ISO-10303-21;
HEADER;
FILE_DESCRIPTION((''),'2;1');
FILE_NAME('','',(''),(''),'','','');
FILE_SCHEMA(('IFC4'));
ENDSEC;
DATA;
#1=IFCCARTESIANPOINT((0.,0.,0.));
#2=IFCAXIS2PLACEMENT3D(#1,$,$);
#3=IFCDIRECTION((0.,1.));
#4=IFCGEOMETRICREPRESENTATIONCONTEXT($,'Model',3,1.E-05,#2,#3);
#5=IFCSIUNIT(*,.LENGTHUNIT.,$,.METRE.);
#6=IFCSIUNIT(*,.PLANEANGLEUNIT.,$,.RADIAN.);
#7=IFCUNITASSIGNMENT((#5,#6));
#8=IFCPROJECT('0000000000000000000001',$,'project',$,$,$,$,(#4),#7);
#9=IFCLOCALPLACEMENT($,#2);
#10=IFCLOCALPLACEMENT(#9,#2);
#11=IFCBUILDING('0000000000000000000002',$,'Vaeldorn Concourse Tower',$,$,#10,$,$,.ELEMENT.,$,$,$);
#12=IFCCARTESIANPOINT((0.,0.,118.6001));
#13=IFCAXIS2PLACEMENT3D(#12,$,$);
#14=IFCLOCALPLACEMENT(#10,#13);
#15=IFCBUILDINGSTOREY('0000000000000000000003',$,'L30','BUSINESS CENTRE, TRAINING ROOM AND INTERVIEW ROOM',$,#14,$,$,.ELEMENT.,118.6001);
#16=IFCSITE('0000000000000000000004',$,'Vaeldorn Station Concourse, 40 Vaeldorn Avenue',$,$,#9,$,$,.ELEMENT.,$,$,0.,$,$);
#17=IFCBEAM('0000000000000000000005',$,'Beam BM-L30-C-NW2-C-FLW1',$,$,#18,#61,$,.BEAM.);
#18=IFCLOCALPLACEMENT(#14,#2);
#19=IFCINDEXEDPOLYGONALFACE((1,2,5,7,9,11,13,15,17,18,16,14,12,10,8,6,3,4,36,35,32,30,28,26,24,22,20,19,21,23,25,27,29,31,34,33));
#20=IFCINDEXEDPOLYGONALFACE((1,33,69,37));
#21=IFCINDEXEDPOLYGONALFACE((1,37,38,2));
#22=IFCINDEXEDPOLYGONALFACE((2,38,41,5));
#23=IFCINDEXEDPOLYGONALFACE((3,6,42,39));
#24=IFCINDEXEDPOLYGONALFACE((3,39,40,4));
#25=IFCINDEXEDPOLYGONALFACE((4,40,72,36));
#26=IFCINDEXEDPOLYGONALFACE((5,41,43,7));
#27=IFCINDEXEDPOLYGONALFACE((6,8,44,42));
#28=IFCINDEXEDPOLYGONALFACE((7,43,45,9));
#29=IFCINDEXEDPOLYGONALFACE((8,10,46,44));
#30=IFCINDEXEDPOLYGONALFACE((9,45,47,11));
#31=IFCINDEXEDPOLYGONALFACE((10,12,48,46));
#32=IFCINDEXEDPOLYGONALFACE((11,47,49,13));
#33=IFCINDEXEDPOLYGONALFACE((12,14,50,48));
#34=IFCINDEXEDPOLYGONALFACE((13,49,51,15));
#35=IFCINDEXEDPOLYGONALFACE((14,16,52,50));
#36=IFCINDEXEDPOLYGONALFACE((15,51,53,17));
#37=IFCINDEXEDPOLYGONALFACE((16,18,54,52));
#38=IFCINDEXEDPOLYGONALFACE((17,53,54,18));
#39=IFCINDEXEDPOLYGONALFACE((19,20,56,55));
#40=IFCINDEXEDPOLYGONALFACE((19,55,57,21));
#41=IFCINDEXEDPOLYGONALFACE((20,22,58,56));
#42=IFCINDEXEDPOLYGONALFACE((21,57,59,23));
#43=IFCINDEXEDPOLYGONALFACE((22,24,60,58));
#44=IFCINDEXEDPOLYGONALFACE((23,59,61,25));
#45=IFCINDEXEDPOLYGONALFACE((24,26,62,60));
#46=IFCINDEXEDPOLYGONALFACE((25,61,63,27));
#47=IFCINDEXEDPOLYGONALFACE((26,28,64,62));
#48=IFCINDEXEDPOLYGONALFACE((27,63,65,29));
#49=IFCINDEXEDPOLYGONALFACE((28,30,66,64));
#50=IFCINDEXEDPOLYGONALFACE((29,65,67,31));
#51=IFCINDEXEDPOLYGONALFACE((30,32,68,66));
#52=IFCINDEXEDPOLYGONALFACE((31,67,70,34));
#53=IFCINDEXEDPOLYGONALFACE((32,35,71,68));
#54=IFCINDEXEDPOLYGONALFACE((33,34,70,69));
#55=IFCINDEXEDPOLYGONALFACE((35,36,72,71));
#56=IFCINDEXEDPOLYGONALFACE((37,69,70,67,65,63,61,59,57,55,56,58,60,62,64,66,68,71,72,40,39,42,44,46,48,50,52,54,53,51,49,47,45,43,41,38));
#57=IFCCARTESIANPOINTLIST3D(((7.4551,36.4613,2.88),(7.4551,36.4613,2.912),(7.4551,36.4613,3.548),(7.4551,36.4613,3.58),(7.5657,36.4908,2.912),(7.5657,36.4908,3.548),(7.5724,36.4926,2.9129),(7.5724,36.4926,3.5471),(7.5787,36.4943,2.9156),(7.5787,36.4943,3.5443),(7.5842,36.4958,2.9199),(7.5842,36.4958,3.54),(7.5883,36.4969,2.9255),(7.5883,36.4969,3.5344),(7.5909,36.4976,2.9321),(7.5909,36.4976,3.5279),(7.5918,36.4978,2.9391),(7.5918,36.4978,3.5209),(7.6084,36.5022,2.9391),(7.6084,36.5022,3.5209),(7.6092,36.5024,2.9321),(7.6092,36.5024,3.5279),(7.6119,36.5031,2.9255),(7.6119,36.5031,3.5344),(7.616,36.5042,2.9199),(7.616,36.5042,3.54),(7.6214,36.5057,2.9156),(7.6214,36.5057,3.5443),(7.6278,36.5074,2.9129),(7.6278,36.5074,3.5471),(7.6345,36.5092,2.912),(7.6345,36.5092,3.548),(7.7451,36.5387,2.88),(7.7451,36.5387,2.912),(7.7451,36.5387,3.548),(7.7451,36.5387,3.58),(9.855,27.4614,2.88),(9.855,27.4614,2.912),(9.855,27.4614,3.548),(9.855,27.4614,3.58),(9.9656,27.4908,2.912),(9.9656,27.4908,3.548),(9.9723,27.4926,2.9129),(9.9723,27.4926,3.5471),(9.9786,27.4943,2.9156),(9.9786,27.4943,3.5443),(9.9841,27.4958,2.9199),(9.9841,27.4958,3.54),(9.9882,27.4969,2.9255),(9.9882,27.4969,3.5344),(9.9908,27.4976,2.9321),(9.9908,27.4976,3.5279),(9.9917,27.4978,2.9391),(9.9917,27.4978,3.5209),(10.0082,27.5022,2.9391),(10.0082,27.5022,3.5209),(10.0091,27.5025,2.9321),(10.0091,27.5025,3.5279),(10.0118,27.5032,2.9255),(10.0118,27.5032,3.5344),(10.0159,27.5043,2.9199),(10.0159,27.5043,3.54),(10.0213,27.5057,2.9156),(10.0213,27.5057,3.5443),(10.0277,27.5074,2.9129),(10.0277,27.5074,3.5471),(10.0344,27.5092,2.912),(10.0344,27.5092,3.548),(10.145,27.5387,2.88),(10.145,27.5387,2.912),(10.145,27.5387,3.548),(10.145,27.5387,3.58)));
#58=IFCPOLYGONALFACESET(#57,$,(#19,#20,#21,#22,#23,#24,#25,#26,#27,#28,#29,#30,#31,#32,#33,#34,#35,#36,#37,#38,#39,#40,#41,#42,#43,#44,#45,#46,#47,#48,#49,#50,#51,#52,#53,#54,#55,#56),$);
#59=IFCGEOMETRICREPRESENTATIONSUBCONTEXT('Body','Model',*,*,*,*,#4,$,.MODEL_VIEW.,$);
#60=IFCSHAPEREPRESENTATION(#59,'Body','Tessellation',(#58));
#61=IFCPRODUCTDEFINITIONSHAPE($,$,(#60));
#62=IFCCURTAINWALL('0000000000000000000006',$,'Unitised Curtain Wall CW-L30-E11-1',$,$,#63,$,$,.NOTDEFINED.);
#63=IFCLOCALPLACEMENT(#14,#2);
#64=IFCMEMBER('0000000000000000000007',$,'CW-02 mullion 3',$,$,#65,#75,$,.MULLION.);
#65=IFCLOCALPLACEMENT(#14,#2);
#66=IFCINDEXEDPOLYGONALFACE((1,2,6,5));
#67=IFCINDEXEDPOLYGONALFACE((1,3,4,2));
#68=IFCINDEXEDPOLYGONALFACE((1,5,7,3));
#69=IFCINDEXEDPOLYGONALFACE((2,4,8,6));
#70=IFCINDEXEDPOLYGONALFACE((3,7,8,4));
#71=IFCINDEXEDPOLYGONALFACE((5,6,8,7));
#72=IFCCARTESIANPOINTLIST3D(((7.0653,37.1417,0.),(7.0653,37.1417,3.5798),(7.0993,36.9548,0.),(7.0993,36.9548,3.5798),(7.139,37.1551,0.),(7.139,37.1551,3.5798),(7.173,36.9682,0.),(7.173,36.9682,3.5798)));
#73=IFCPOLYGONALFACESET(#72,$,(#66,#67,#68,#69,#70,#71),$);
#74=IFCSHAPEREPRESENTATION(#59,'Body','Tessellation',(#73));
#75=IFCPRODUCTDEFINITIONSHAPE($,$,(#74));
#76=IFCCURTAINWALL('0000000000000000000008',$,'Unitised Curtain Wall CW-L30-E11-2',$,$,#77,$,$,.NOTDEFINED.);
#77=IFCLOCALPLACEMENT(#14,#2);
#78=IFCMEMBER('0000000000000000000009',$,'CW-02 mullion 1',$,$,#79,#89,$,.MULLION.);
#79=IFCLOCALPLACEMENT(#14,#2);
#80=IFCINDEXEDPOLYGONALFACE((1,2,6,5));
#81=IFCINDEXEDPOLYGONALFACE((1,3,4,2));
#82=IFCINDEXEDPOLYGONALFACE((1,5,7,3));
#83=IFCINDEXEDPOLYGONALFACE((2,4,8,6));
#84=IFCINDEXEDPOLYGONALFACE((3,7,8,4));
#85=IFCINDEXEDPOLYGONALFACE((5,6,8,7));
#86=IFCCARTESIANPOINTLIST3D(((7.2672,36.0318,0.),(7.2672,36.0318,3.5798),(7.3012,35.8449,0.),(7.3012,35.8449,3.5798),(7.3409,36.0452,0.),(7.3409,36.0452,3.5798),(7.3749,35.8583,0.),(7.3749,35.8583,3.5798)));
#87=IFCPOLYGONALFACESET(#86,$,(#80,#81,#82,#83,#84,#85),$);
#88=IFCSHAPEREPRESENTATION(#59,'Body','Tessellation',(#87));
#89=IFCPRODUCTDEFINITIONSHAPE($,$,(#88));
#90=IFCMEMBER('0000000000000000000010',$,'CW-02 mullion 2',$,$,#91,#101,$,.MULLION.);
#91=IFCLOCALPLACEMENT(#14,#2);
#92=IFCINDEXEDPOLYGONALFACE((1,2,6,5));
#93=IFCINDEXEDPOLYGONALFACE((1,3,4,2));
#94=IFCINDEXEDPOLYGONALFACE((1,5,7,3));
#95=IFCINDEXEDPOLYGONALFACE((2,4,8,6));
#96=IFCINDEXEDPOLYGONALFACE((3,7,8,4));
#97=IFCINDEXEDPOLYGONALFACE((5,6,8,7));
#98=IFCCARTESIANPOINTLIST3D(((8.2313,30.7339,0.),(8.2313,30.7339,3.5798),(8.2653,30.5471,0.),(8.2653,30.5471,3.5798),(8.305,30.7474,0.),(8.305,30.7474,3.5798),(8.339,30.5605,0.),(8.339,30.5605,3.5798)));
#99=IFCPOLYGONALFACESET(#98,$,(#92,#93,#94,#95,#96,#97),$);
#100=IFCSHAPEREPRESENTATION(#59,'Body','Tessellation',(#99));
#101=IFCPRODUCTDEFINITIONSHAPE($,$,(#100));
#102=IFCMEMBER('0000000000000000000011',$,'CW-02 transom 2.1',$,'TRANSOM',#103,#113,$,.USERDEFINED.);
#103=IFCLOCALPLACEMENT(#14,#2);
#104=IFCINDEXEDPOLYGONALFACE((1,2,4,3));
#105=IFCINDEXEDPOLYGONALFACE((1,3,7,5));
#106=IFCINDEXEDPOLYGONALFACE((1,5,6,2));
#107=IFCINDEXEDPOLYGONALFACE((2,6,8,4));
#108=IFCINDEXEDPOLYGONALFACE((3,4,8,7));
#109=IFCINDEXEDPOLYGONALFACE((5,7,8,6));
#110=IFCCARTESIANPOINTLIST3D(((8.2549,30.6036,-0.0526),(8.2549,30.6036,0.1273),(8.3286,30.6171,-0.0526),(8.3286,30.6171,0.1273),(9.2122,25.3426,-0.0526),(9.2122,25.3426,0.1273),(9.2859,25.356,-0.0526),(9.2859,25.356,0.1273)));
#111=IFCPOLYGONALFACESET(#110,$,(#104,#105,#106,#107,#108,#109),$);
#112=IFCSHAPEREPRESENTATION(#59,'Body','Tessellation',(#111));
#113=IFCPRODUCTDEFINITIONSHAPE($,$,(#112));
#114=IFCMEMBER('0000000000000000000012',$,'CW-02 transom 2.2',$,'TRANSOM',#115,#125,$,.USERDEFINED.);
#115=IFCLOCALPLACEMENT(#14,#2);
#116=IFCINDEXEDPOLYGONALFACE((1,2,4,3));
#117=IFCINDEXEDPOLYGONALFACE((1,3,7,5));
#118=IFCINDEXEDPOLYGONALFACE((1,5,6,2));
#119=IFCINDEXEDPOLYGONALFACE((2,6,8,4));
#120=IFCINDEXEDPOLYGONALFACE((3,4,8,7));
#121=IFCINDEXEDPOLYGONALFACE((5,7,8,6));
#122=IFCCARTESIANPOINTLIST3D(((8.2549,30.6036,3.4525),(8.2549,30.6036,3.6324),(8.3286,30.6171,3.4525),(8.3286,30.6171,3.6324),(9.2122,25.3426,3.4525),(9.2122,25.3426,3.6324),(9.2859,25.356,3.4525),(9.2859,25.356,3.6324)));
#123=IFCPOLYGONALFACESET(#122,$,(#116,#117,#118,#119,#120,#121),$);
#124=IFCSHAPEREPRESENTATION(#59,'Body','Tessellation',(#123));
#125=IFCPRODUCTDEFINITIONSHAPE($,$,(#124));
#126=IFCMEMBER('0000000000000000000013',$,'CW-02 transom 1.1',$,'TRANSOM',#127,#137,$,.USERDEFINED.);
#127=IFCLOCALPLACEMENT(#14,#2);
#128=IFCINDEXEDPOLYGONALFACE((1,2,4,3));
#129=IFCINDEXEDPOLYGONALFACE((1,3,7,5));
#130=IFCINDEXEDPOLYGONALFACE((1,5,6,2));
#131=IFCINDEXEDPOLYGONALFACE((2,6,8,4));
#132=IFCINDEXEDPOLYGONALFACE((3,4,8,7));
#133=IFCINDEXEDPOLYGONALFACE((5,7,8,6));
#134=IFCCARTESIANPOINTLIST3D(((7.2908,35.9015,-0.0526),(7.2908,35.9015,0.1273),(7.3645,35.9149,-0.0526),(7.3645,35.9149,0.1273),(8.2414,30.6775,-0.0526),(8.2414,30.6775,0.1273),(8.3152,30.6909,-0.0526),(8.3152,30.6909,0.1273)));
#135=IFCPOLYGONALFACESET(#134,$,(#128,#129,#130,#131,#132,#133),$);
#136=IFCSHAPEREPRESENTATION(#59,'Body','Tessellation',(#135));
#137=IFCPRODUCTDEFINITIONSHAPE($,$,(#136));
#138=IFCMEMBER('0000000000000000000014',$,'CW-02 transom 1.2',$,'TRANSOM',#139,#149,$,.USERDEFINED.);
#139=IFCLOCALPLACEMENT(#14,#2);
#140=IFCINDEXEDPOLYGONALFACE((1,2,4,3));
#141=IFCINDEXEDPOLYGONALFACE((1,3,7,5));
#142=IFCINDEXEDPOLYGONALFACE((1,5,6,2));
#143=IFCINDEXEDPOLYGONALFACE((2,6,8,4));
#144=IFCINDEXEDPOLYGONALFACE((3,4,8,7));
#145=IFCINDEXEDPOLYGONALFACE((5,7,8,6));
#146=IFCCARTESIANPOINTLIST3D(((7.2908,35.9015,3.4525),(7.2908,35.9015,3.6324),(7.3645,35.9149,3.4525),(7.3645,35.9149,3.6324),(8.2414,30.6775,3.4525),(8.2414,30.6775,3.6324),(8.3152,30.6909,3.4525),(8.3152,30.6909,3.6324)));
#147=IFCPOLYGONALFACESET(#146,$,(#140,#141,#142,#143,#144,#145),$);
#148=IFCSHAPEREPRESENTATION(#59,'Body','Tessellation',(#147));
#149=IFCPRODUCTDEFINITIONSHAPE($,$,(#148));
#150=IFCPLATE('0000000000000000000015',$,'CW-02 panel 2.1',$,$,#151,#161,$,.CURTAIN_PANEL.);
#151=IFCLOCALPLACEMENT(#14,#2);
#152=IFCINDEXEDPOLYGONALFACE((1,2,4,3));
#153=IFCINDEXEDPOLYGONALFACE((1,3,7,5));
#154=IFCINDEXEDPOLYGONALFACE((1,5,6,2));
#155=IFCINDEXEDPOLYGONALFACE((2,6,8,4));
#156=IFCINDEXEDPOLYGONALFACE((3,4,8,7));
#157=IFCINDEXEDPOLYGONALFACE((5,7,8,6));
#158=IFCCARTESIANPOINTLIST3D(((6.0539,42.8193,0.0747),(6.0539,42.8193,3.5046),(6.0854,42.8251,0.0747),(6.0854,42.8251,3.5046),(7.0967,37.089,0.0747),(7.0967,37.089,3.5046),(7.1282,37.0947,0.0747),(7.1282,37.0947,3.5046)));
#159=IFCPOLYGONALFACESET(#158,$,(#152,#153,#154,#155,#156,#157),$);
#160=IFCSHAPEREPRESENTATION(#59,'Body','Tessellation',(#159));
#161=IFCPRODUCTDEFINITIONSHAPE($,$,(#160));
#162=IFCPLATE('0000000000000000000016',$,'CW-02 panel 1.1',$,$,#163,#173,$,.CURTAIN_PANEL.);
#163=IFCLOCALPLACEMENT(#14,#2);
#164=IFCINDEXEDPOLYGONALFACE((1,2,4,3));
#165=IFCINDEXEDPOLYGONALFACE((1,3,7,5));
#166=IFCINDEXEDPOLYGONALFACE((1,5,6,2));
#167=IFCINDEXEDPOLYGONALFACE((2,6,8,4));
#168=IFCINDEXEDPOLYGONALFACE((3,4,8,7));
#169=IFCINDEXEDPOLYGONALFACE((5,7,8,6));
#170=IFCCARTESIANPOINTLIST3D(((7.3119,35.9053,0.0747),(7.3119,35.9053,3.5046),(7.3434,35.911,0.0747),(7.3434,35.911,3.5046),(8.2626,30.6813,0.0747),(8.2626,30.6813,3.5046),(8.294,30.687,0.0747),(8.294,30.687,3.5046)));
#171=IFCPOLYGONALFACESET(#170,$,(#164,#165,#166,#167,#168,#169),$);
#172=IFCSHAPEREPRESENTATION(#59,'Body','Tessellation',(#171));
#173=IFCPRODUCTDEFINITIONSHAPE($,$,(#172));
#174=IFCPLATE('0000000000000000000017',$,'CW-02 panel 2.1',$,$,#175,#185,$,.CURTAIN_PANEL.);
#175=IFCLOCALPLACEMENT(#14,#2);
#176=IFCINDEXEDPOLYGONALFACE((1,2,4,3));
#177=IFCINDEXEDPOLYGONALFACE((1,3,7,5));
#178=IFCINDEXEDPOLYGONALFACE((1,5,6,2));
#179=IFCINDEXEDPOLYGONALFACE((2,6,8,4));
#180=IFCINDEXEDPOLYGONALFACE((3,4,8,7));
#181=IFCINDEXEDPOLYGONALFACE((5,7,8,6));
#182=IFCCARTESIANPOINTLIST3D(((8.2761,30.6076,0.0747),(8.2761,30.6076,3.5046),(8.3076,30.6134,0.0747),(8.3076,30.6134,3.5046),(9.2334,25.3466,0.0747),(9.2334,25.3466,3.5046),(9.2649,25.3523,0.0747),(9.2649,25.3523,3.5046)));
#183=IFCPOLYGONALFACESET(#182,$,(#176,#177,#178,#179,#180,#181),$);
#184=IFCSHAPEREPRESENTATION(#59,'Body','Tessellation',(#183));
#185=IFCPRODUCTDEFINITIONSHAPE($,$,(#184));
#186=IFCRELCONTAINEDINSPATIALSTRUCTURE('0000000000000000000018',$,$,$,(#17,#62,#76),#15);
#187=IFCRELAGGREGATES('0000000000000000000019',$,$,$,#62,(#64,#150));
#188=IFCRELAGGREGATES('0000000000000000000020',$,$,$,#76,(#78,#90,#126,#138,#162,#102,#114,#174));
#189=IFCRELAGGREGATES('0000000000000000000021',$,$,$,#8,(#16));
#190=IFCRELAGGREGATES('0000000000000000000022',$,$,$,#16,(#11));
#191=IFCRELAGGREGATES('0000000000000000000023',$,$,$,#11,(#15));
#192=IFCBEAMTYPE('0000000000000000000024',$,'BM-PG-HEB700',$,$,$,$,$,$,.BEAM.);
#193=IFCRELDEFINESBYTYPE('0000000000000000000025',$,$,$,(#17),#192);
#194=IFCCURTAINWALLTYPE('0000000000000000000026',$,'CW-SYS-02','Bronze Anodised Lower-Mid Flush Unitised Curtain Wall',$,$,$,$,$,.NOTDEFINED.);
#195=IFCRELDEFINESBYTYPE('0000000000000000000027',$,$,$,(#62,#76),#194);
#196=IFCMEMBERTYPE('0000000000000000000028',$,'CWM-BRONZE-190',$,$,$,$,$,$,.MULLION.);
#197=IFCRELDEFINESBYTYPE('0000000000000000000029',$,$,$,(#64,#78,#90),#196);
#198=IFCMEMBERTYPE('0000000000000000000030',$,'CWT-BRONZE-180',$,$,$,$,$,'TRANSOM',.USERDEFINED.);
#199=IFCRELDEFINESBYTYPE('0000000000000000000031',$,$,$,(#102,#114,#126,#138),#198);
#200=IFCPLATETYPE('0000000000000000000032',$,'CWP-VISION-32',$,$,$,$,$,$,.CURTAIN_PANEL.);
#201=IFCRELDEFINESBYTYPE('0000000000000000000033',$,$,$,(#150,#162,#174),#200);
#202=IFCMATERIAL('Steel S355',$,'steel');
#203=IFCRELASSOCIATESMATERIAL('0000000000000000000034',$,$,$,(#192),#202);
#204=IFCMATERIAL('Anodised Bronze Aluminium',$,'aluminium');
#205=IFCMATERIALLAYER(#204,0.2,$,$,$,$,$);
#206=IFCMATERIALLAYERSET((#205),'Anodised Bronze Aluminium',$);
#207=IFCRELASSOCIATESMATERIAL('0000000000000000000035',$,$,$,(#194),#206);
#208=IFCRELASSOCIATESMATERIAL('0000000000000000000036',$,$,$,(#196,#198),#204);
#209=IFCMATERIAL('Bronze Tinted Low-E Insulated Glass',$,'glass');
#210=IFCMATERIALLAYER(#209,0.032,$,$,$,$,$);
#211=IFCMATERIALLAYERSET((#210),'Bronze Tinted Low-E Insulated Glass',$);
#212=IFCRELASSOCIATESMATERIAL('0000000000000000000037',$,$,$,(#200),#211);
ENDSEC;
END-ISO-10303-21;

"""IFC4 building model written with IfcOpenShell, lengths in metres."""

from ifc_helpers import new_model, si_unit, direction, frame, origin, origin_2d, place, context, subcontext, project, spatial, rectangle, i_section, extrude, source, transform, mapped, material, layer, layer_set, material_profile, profile_set, type_object, element, aggregate, save


model = new_model("IFC4")

# Units and contexts
model_context = context("Model", 3, precision=1e-05, world=origin(), true_north=direction((0.0, 1.0)))
body_context = subcontext(model_context, "Body", "Model", "MODEL_VIEW")
ifc_project = project(units=[si_unit("LENGTHUNIT", "METRE"), si_unit("PLANEANGLEUNIT", "RADIAN")], contexts=[model_context])

# Site, building, storey
site_placement = place(None, origin())
site = spatial("IfcSite", under=ifc_project, at=site_placement, Name="Vaeldorn Station Concourse, 40 Vaeldorn Avenue", CompositionType="ELEMENT", RefElevation=0.0)
building_placement = place(site_placement, origin())
building = spatial("IfcBuilding", under=site, at=building_placement, Name="Vaeldorn Concourse Tower", CompositionType="ELEMENT")
storey_placement = place(building_placement, frame((0.0, 0.0, 118.6001)))
storey = spatial("IfcBuildingStorey", under=building, at=storey_placement, Name="L30", Description="BUSINESS CENTRE, TRAINING ROOM AND INTERVIEW ROOM", CompositionType="ELEMENT", Elevation=118.6001)

# Beam
ifc_material_1 = material(Name="Steel S355", Category="steel")
ifc_material_profile_1 = material_profile(ifc_material_1, i_section(OverallWidth=0.3, OverallDepth=0.7, WebThickness=0.0171, FlangeThickness=0.032, FilletRadius=0.0271, at=origin_2d()), Name="HEB 700")
ifc_profile_set_1 = profile_set([ifc_material_profile_1], Name="Steel S355")
beam_type_1 = type_object("IfcBeamType", Name="BM-PG-HEB700", PredefinedType="BEAM", material=ifc_profile_set_1)
shared_shape_1 = source(origin(), body_context, "Body", "SweptSolid", [
    extrude(i_section(OverallWidth=0.3, OverallDepth=0.7, WebThickness=0.0171, FlangeThickness=0.032, FilletRadius=0.0271, at=origin_2d()), origin(), (0.0, 0.0, 1.0), 9.3145),
])
beam_1_placement = place(storey_placement, frame((7.6001, 36.5, 3.23), z_axis=(0.257653, -0.966238, 0.0), x_axis=(0.966238, 0.257653, 0.0)))
element("IfcBeam", 1, at=beam_1_placement, inside=storey, type_object=beam_type_1, Name="Beam BM-L30-C-NW2-C-FLW1", PredefinedType="BEAM", context=body_context, shape_type="MappedRepresentation", body=[
    mapped(shared_shape_1, transform((0.0, 0.0, 0.0), scale=1.0)),
])

# Curtain wall, member
ifc_material_2 = material(Name="Anodised Bronze Aluminium", Category="aluminium")
ifc_layer_1 = layer(ifc_material_2, 0.2)
ifc_layer_set_1 = layer_set([ifc_layer_1], Name="Anodised Bronze Aluminium")
curtain_wall_type = type_object("IfcCurtainWallType", Name="CW-SYS-02", Description="Bronze Anodised Lower-Mid Flush Unitised Curtain Wall", PredefinedType="NOTDEFINED", material=ifc_layer_set_1)
curtain_wall_1_placement = place(storey_placement, origin())
curtain_wall_1 = element("IfcCurtainWall", 2, at=curtain_wall_1_placement, inside=storey, type_object=curtain_wall_type, Name="Unitised Curtain Wall CW-L30-E11-1", PredefinedType="NOTDEFINED")
ifc_material_profile_2 = material_profile(ifc_material_2, rectangle(XDim=0.075, YDim=0.1899, at=origin_2d()), Name="CWM 75x190")
ifc_profile_set_2 = profile_set([ifc_material_profile_2], Name="Anodised Bronze Aluminium")
member_type_1 = type_object("IfcMemberType", Name="CWM-BRONZE-190", PredefinedType="MULLION", material=ifc_profile_set_2)
shared_shape_2 = source(origin(), body_context, "Body", "SweptSolid", [
    extrude(rectangle(XDim=0.075, YDim=0.1899, at=origin_2d()), origin(), (0.0, 0.0, 1.0), 3.5798),
])
member_1_placement = place(storey_placement, frame((7.1191, 37.0549, 0.0), z_axis=(0.0, 0.0, 1.0), x_axis=(0.983843, 0.179032, 0.0)))
member_1 = element("IfcMember", 3, at=member_1_placement, type_object=member_type_1, Name="CW-02 mullion 3", PredefinedType="MULLION", context=body_context, shape_type="MappedRepresentation", body=[
    mapped(shared_shape_2, transform((0.0, 0.0, 0.0), scale=1.0)),
])

# Curtain wall, members
curtain_wall_2_placement = place(storey_placement, origin())
curtain_wall_2 = element("IfcCurtainWall", 4, at=curtain_wall_2_placement, inside=storey, type_object=curtain_wall_type, Name="Unitised Curtain Wall CW-L30-E11-2", PredefinedType="NOTDEFINED")
member_2_placement = place(storey_placement, frame((7.321, 35.9451, 0.0), z_axis=(0.0, 0.0, 1.0), x_axis=(0.983844, 0.17903, 0.0)))
member_2 = element("IfcMember", 5, at=member_2_placement, type_object=member_type_1, Name="CW-02 mullion 1", PredefinedType="MULLION", context=body_context, shape_type="MappedRepresentation", body=[
    mapped(shared_shape_2, transform((0.0, 0.0, 0.0), scale=1.0)),
])
member_3_placement = place(storey_placement, frame((8.2852, 30.6472, 0.0), z_axis=(0.0, 0.0, 1.0), x_axis=(0.983844, 0.17903, 0.0)))
member_3 = element("IfcMember", 6, at=member_3_placement, type_object=member_type_1, Name="CW-02 mullion 2", PredefinedType="MULLION", context=body_context, shape_type="MappedRepresentation", body=[
    mapped(shared_shape_2, transform((0.0, 0.0, 0.0), scale=1.0)),
])
ifc_material_profile_3 = material_profile(ifc_material_2, rectangle(XDim=0.075, YDim=0.1799, at=origin_2d()), Name="CWT 75x180")
ifc_profile_set_3 = profile_set([ifc_material_profile_3], Name="Anodised Bronze Aluminium")
member_type_2 = type_object("IfcMemberType", Name="CWT-BRONZE-180", ElementType="TRANSOM", PredefinedType="USERDEFINED", material=ifc_profile_set_3)
shared_shape_3 = source(origin(), body_context, "Body", "SweptSolid", [
    extrude(rectangle(XDim=0.075, YDim=0.1799, at=origin_2d()), origin(), (0.0, 0.0, 1.0), 5.3474),
])
member_4_placement = place(storey_placement, frame((8.2917, 30.6104, 0.0374), z_axis=(0.179018, -0.983846, 0.0), x_axis=(0.983846, 0.179018, 0.0)))
member_4 = element("IfcMember", 7, at=member_4_placement, type_object=member_type_2, Name="CW-02 transom 2.1", ObjectType="TRANSOM", PredefinedType="USERDEFINED", context=body_context, shape_type="MappedRepresentation", body=[
    mapped(shared_shape_3, transform((0.0, 0.0, 0.0), scale=1.0)),
])
member_5_placement = place(storey_placement, frame((8.2917, 30.6104, 3.5425), z_axis=(0.179018, -0.983846, 0.0), x_axis=(0.983846, 0.179018, 0.0)))
member_5 = element("IfcMember", 8, at=member_5_placement, type_object=member_type_2, Name="CW-02 transom 2.2", ObjectType="TRANSOM", PredefinedType="USERDEFINED", context=body_context, shape_type="MappedRepresentation", body=[
    mapped(shared_shape_3, transform((0.0, 0.0, 0.0), scale=1.0)),
])
shared_shape_4 = source(origin(), body_context, "Body", "SweptSolid", [
    extrude(rectangle(XDim=0.075, YDim=0.1799, at=origin_2d()), origin(), (0.0, 0.0, 1.0), 5.3098),
])
member_6_placement = place(storey_placement, frame((7.3276, 35.9082, 0.0374), z_axis=(0.179039, -0.983842, 0.0), x_axis=(0.983842, 0.179039, 0.0)))
member_6 = element("IfcMember", 9, at=member_6_placement, type_object=member_type_2, Name="CW-02 transom 1.1", ObjectType="TRANSOM", PredefinedType="USERDEFINED", context=body_context, shape_type="MappedRepresentation", body=[
    mapped(shared_shape_4, transform((0.0, 0.0, 0.0), scale=1.0)),
])
member_7_placement = place(storey_placement, frame((7.3276, 35.9082, 3.5425), z_axis=(0.179039, -0.983842, 0.0), x_axis=(0.983842, 0.179039, 0.0)))
member_7 = element("IfcMember", 10, at=member_7_placement, type_object=member_type_2, Name="CW-02 transom 1.2", ObjectType="TRANSOM", PredefinedType="USERDEFINED", context=body_context, shape_type="MappedRepresentation", body=[
    mapped(shared_shape_4, transform((0.0, 0.0, 0.0), scale=1.0)),
])

# Plates
ifc_material_3 = material(Name="Bronze Tinted Low-E Insulated Glass", Category="glass")
ifc_layer_2 = layer(ifc_material_3, 0.032)
ifc_layer_set_2 = layer_set([ifc_layer_2], Name="Bronze Tinted Low-E Insulated Glass")
plate_type = type_object("IfcPlateType", Name="CWP-VISION-32", PredefinedType="CURTAIN_PANEL", material=ifc_layer_set_2)
shared_shape_5 = source(origin(), body_context, "Body", "SweptSolid", [
    extrude(rectangle(XDim=5.8245, YDim=0.032, at=origin_2d()), origin(), (0.0, 0.0, 1.0), 3.4299),
])
plate_1_placement = place(storey_placement, frame((6.5911, 39.957, 0.0747), z_axis=(0.0, 0.0, 1.0), x_axis=(0.179032, -0.983843, 0.0)))
plate_1 = element("IfcPlate", 11, at=plate_1_placement, type_object=plate_type, Name="CW-02 panel 2.1", PredefinedType="CURTAIN_PANEL", context=body_context, shape_type="MappedRepresentation", body=[
    mapped(shared_shape_5, transform((0.0, 0.0, 0.0), scale=1.0)),
])
aggregate(curtain_wall_1, [member_1, plate_1])
shared_shape_6 = source(origin(), body_context, "Body", "SweptSolid", [
    extrude(rectangle(XDim=5.3098, YDim=0.032, at=origin_2d()), origin(), (0.0, 0.0, 1.0), 3.4299),
])
plate_2_placement = place(storey_placement, frame((7.803, 33.2961, 0.0747), z_axis=(0.0, 0.0, 1.0), x_axis=(0.17903, -0.983844, 0.0)))
plate_2 = element("IfcPlate", 12, at=plate_2_placement, type_object=plate_type, Name="CW-02 panel 1.1", PredefinedType="CURTAIN_PANEL", context=body_context, shape_type="MappedRepresentation", body=[
    mapped(shared_shape_6, transform((0.0, 0.0, 0.0), scale=1.0)),
])
shared_shape_7 = source(origin(), body_context, "Body", "SweptSolid", [
    extrude(rectangle(XDim=5.3474, YDim=0.032, at=origin_2d()), origin(), (0.0, 0.0, 1.0), 3.4299),
])
plate_3_placement = place(storey_placement, frame((8.7705, 27.98, 0.0747), z_axis=(0.0, 0.0, 1.0), x_axis=(0.17903, -0.983844, 0.0)))
plate_3 = element("IfcPlate", 13, at=plate_3_placement, type_object=plate_type, Name="CW-02 panel 2.1", PredefinedType="CURTAIN_PANEL", context=body_context, shape_type="MappedRepresentation", body=[
    mapped(shared_shape_7, transform((0.0, 0.0, 0.0), scale=1.0)),
])
aggregate(curtain_wall_2, [member_2, member_3, member_6, member_7, plate_2, member_4, member_5, plate_3])

save(model, "model.ifc")
